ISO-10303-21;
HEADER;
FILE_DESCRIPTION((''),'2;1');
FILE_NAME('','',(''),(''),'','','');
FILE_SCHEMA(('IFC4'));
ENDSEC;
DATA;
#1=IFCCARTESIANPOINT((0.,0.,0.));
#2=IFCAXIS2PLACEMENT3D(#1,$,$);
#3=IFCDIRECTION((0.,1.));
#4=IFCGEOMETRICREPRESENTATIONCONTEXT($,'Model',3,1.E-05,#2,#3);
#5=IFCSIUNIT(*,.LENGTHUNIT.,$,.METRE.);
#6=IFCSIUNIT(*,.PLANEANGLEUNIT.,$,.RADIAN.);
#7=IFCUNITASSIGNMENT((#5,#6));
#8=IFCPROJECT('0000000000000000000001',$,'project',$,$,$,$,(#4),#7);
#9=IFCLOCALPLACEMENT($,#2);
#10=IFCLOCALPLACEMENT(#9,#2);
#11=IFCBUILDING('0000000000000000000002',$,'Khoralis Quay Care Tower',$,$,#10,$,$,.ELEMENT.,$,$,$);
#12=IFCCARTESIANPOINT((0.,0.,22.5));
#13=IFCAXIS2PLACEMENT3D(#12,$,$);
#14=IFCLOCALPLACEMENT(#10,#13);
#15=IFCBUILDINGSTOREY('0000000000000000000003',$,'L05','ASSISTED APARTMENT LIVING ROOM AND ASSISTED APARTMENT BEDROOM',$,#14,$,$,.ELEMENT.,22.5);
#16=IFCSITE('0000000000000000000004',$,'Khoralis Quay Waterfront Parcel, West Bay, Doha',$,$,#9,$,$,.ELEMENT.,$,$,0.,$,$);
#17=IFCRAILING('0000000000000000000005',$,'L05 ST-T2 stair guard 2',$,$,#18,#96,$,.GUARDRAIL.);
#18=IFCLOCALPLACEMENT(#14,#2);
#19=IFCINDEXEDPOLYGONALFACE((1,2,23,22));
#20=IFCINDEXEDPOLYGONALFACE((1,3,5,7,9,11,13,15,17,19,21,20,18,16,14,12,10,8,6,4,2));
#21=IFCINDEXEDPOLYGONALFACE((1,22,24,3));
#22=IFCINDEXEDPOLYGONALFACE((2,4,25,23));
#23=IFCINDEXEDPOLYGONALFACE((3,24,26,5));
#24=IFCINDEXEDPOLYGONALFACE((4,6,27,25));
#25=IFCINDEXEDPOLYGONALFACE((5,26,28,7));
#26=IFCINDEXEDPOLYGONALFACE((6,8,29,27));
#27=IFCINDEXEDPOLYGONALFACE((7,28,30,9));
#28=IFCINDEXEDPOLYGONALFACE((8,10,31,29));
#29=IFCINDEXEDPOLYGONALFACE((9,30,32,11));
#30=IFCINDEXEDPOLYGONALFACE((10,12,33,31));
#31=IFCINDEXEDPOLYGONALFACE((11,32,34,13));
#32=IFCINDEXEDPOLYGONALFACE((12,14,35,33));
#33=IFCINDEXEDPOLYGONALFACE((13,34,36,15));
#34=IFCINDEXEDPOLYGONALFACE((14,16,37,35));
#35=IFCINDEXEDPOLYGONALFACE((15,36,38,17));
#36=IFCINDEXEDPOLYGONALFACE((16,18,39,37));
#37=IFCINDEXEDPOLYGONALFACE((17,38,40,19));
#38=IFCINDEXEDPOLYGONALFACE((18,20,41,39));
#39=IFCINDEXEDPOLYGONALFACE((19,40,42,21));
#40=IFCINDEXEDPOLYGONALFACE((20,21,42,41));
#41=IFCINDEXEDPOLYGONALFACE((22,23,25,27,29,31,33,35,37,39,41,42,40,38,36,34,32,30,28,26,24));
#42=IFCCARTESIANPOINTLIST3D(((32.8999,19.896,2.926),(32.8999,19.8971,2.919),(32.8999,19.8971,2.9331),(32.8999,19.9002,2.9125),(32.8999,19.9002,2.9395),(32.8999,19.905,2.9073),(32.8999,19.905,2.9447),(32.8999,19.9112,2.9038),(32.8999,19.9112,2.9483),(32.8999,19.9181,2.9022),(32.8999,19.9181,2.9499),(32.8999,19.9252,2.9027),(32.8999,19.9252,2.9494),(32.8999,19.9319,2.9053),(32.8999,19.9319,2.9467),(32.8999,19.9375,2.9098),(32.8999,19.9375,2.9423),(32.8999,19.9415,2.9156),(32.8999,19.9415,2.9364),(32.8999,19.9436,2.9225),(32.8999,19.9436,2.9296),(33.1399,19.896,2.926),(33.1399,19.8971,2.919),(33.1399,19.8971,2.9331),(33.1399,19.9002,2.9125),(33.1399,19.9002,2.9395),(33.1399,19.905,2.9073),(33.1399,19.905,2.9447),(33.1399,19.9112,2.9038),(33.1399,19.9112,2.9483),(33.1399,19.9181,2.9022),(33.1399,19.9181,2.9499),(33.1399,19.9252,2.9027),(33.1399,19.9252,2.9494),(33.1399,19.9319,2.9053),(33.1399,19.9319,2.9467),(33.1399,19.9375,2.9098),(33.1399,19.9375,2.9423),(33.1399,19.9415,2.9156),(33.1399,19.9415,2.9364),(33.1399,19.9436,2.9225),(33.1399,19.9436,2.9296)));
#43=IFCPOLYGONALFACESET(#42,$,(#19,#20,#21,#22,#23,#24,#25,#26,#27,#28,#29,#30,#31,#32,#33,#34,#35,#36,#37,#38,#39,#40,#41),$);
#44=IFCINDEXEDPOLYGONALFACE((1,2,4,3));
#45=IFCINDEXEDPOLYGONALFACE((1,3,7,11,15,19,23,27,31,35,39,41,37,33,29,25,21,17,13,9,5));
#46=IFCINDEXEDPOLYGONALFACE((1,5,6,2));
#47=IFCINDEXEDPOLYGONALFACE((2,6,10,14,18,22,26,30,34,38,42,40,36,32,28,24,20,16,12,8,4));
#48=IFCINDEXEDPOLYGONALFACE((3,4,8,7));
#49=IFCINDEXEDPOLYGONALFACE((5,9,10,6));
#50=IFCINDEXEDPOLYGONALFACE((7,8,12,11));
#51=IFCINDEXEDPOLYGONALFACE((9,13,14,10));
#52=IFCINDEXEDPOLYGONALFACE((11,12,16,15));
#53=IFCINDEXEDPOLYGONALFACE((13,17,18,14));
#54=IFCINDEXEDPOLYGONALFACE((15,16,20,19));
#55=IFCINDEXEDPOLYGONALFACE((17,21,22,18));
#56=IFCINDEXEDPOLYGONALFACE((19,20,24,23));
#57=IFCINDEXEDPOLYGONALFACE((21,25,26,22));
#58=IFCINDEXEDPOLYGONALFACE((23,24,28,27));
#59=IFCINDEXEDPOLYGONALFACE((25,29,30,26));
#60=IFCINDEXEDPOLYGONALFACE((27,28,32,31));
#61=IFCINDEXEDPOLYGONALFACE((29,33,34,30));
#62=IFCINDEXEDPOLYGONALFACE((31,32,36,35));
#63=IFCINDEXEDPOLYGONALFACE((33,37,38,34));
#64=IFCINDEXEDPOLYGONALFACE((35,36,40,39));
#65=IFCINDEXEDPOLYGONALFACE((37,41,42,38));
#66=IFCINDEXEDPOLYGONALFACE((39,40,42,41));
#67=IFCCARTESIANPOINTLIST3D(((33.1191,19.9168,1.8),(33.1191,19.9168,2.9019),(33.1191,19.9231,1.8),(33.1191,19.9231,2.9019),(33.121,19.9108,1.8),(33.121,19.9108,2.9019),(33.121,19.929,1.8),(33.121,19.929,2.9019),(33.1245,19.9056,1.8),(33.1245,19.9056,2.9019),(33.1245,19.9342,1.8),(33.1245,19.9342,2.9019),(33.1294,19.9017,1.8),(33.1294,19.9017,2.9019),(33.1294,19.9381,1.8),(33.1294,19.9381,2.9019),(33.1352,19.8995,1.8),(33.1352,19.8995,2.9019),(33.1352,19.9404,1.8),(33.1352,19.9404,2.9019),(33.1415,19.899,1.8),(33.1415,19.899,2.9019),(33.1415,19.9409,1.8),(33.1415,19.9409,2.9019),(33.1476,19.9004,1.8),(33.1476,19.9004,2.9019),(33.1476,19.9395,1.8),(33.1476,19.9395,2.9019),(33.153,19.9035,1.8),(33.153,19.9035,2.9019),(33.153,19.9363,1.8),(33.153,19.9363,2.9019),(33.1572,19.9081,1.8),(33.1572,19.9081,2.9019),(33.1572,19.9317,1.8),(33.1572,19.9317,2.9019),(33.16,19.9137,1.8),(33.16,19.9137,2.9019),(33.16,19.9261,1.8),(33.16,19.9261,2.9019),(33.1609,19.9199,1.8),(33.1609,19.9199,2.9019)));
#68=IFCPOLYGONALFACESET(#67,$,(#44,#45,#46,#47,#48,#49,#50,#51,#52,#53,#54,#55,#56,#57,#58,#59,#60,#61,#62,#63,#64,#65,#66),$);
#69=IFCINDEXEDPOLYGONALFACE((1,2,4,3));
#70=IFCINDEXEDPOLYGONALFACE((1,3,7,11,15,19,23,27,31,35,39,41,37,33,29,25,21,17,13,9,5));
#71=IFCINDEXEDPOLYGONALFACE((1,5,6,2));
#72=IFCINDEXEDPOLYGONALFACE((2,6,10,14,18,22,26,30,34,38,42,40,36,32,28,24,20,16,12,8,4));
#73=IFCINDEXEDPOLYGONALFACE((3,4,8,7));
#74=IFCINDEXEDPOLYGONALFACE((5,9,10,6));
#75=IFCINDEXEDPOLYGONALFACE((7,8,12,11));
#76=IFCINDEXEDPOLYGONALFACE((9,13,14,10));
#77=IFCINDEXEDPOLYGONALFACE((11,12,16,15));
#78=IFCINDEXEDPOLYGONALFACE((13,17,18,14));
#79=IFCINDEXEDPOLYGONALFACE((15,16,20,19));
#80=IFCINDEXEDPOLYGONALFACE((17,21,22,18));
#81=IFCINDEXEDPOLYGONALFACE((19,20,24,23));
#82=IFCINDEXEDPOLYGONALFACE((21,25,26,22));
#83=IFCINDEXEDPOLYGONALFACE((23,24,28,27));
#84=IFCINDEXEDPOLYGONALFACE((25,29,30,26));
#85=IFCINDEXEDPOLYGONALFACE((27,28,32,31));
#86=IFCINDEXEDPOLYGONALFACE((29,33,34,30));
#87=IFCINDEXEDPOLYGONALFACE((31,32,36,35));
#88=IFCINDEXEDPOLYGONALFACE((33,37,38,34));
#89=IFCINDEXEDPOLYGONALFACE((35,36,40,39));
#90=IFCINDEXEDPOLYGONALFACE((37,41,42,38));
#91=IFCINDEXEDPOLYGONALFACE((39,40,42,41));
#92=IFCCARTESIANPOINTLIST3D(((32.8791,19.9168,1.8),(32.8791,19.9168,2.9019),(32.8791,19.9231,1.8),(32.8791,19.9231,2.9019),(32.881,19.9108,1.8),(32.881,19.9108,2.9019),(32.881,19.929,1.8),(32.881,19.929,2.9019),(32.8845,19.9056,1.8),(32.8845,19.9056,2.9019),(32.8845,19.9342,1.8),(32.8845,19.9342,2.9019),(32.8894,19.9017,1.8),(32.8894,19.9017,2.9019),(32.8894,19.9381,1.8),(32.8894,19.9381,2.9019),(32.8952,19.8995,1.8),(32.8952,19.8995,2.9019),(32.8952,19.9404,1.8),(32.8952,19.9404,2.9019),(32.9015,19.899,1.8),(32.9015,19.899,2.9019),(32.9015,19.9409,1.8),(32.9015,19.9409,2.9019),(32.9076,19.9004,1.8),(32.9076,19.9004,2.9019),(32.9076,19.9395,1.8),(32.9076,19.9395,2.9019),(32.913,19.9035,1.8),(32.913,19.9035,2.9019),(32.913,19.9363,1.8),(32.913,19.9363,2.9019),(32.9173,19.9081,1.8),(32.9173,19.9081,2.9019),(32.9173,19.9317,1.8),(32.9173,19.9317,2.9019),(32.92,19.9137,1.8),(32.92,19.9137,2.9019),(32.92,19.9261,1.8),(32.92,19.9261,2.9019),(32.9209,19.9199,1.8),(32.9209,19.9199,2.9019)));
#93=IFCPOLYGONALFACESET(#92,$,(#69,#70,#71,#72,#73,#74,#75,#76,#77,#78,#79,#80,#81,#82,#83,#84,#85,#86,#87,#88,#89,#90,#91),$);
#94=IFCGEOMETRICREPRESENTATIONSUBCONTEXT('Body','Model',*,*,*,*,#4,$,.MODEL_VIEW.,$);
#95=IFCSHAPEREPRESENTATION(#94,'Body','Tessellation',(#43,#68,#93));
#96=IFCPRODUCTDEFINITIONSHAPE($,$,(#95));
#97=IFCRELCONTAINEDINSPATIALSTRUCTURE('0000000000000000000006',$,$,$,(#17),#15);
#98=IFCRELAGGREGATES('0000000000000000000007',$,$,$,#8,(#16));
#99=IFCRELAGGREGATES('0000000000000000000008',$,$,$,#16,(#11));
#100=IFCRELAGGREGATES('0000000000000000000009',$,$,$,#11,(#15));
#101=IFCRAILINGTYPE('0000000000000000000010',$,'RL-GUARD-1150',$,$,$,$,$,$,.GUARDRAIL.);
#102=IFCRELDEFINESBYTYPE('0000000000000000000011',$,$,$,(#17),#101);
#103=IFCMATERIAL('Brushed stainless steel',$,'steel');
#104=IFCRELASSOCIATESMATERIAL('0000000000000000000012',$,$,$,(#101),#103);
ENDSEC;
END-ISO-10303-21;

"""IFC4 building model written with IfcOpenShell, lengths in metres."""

from ifc_helpers import new_model, si_unit, direction, frame, origin, origin_2d, place, context, subcontext, project, spatial, circle, extrude, material, type_object, element, save


model = new_model("IFC4")

# Units and contexts
model_context = context("Model", 3, precision=1e-05, world=origin(), true_north=direction((0.0, 1.0)))
body_context = subcontext(model_context, "Body", "Model", "MODEL_VIEW")
ifc_project = project(units=[si_unit("LENGTHUNIT", "METRE"), si_unit("PLANEANGLEUNIT", "RADIAN")], contexts=[model_context])

# Site, building, storey
site_placement = place(None, origin())
site = spatial("IfcSite", under=ifc_project, at=site_placement, Name="Khoralis Quay Waterfront Parcel, West Bay, Doha", CompositionType="ELEMENT", RefElevation=0.0)
building_placement = place(site_placement, origin())
building = spatial("IfcBuilding", under=site, at=building_placement, Name="Khoralis Quay Care Tower", CompositionType="ELEMENT")
storey_placement = place(building_placement, frame((0.0, 0.0, 22.5)))
storey = spatial("IfcBuildingStorey", under=building, at=storey_placement, Name="L05", Description="ASSISTED APARTMENT LIVING ROOM AND ASSISTED APARTMENT BEDROOM", CompositionType="ELEMENT", Elevation=22.5)

# Shared definitions
ifc_material_1 = material(Name="Brushed stainless steel", Category="steel")

# Railing
railing_type_1 = type_object("IfcRailingType", Name="RL-GUARD-1150", PredefinedType="GUARDRAIL", material=ifc_material_1)
railing_1_placement = place(storey_placement, frame((33.1399, 19.9199, 1.8)))
element("IfcRailing", 1, at=railing_1_placement, inside=storey, type_object=railing_type_1, Name="L05 ST-T2 stair guard 2", PredefinedType="GUARDRAIL", context=body_context, shape_type="SweptSolid", body=[
    extrude(circle(Radius=0.0239, at=origin_2d()), frame((0.0, 0.0, 1.126), z_axis=(-1.0, 0.0, 0.0), x_axis=(0.0, -1.0, 0.0)), (0.0, 0.0, 1.0), 0.24),
    extrude(circle(Radius=0.021, at=origin_2d()), origin(), (0.0, 0.0, 1.0), 1.1018),
    extrude(circle(Radius=0.021, at=origin_2d()), frame((-0.24, 0.0, 0.0)), (0.0, 0.0, 1.0), 1.1018),
])

save(model, "model.ifc")
